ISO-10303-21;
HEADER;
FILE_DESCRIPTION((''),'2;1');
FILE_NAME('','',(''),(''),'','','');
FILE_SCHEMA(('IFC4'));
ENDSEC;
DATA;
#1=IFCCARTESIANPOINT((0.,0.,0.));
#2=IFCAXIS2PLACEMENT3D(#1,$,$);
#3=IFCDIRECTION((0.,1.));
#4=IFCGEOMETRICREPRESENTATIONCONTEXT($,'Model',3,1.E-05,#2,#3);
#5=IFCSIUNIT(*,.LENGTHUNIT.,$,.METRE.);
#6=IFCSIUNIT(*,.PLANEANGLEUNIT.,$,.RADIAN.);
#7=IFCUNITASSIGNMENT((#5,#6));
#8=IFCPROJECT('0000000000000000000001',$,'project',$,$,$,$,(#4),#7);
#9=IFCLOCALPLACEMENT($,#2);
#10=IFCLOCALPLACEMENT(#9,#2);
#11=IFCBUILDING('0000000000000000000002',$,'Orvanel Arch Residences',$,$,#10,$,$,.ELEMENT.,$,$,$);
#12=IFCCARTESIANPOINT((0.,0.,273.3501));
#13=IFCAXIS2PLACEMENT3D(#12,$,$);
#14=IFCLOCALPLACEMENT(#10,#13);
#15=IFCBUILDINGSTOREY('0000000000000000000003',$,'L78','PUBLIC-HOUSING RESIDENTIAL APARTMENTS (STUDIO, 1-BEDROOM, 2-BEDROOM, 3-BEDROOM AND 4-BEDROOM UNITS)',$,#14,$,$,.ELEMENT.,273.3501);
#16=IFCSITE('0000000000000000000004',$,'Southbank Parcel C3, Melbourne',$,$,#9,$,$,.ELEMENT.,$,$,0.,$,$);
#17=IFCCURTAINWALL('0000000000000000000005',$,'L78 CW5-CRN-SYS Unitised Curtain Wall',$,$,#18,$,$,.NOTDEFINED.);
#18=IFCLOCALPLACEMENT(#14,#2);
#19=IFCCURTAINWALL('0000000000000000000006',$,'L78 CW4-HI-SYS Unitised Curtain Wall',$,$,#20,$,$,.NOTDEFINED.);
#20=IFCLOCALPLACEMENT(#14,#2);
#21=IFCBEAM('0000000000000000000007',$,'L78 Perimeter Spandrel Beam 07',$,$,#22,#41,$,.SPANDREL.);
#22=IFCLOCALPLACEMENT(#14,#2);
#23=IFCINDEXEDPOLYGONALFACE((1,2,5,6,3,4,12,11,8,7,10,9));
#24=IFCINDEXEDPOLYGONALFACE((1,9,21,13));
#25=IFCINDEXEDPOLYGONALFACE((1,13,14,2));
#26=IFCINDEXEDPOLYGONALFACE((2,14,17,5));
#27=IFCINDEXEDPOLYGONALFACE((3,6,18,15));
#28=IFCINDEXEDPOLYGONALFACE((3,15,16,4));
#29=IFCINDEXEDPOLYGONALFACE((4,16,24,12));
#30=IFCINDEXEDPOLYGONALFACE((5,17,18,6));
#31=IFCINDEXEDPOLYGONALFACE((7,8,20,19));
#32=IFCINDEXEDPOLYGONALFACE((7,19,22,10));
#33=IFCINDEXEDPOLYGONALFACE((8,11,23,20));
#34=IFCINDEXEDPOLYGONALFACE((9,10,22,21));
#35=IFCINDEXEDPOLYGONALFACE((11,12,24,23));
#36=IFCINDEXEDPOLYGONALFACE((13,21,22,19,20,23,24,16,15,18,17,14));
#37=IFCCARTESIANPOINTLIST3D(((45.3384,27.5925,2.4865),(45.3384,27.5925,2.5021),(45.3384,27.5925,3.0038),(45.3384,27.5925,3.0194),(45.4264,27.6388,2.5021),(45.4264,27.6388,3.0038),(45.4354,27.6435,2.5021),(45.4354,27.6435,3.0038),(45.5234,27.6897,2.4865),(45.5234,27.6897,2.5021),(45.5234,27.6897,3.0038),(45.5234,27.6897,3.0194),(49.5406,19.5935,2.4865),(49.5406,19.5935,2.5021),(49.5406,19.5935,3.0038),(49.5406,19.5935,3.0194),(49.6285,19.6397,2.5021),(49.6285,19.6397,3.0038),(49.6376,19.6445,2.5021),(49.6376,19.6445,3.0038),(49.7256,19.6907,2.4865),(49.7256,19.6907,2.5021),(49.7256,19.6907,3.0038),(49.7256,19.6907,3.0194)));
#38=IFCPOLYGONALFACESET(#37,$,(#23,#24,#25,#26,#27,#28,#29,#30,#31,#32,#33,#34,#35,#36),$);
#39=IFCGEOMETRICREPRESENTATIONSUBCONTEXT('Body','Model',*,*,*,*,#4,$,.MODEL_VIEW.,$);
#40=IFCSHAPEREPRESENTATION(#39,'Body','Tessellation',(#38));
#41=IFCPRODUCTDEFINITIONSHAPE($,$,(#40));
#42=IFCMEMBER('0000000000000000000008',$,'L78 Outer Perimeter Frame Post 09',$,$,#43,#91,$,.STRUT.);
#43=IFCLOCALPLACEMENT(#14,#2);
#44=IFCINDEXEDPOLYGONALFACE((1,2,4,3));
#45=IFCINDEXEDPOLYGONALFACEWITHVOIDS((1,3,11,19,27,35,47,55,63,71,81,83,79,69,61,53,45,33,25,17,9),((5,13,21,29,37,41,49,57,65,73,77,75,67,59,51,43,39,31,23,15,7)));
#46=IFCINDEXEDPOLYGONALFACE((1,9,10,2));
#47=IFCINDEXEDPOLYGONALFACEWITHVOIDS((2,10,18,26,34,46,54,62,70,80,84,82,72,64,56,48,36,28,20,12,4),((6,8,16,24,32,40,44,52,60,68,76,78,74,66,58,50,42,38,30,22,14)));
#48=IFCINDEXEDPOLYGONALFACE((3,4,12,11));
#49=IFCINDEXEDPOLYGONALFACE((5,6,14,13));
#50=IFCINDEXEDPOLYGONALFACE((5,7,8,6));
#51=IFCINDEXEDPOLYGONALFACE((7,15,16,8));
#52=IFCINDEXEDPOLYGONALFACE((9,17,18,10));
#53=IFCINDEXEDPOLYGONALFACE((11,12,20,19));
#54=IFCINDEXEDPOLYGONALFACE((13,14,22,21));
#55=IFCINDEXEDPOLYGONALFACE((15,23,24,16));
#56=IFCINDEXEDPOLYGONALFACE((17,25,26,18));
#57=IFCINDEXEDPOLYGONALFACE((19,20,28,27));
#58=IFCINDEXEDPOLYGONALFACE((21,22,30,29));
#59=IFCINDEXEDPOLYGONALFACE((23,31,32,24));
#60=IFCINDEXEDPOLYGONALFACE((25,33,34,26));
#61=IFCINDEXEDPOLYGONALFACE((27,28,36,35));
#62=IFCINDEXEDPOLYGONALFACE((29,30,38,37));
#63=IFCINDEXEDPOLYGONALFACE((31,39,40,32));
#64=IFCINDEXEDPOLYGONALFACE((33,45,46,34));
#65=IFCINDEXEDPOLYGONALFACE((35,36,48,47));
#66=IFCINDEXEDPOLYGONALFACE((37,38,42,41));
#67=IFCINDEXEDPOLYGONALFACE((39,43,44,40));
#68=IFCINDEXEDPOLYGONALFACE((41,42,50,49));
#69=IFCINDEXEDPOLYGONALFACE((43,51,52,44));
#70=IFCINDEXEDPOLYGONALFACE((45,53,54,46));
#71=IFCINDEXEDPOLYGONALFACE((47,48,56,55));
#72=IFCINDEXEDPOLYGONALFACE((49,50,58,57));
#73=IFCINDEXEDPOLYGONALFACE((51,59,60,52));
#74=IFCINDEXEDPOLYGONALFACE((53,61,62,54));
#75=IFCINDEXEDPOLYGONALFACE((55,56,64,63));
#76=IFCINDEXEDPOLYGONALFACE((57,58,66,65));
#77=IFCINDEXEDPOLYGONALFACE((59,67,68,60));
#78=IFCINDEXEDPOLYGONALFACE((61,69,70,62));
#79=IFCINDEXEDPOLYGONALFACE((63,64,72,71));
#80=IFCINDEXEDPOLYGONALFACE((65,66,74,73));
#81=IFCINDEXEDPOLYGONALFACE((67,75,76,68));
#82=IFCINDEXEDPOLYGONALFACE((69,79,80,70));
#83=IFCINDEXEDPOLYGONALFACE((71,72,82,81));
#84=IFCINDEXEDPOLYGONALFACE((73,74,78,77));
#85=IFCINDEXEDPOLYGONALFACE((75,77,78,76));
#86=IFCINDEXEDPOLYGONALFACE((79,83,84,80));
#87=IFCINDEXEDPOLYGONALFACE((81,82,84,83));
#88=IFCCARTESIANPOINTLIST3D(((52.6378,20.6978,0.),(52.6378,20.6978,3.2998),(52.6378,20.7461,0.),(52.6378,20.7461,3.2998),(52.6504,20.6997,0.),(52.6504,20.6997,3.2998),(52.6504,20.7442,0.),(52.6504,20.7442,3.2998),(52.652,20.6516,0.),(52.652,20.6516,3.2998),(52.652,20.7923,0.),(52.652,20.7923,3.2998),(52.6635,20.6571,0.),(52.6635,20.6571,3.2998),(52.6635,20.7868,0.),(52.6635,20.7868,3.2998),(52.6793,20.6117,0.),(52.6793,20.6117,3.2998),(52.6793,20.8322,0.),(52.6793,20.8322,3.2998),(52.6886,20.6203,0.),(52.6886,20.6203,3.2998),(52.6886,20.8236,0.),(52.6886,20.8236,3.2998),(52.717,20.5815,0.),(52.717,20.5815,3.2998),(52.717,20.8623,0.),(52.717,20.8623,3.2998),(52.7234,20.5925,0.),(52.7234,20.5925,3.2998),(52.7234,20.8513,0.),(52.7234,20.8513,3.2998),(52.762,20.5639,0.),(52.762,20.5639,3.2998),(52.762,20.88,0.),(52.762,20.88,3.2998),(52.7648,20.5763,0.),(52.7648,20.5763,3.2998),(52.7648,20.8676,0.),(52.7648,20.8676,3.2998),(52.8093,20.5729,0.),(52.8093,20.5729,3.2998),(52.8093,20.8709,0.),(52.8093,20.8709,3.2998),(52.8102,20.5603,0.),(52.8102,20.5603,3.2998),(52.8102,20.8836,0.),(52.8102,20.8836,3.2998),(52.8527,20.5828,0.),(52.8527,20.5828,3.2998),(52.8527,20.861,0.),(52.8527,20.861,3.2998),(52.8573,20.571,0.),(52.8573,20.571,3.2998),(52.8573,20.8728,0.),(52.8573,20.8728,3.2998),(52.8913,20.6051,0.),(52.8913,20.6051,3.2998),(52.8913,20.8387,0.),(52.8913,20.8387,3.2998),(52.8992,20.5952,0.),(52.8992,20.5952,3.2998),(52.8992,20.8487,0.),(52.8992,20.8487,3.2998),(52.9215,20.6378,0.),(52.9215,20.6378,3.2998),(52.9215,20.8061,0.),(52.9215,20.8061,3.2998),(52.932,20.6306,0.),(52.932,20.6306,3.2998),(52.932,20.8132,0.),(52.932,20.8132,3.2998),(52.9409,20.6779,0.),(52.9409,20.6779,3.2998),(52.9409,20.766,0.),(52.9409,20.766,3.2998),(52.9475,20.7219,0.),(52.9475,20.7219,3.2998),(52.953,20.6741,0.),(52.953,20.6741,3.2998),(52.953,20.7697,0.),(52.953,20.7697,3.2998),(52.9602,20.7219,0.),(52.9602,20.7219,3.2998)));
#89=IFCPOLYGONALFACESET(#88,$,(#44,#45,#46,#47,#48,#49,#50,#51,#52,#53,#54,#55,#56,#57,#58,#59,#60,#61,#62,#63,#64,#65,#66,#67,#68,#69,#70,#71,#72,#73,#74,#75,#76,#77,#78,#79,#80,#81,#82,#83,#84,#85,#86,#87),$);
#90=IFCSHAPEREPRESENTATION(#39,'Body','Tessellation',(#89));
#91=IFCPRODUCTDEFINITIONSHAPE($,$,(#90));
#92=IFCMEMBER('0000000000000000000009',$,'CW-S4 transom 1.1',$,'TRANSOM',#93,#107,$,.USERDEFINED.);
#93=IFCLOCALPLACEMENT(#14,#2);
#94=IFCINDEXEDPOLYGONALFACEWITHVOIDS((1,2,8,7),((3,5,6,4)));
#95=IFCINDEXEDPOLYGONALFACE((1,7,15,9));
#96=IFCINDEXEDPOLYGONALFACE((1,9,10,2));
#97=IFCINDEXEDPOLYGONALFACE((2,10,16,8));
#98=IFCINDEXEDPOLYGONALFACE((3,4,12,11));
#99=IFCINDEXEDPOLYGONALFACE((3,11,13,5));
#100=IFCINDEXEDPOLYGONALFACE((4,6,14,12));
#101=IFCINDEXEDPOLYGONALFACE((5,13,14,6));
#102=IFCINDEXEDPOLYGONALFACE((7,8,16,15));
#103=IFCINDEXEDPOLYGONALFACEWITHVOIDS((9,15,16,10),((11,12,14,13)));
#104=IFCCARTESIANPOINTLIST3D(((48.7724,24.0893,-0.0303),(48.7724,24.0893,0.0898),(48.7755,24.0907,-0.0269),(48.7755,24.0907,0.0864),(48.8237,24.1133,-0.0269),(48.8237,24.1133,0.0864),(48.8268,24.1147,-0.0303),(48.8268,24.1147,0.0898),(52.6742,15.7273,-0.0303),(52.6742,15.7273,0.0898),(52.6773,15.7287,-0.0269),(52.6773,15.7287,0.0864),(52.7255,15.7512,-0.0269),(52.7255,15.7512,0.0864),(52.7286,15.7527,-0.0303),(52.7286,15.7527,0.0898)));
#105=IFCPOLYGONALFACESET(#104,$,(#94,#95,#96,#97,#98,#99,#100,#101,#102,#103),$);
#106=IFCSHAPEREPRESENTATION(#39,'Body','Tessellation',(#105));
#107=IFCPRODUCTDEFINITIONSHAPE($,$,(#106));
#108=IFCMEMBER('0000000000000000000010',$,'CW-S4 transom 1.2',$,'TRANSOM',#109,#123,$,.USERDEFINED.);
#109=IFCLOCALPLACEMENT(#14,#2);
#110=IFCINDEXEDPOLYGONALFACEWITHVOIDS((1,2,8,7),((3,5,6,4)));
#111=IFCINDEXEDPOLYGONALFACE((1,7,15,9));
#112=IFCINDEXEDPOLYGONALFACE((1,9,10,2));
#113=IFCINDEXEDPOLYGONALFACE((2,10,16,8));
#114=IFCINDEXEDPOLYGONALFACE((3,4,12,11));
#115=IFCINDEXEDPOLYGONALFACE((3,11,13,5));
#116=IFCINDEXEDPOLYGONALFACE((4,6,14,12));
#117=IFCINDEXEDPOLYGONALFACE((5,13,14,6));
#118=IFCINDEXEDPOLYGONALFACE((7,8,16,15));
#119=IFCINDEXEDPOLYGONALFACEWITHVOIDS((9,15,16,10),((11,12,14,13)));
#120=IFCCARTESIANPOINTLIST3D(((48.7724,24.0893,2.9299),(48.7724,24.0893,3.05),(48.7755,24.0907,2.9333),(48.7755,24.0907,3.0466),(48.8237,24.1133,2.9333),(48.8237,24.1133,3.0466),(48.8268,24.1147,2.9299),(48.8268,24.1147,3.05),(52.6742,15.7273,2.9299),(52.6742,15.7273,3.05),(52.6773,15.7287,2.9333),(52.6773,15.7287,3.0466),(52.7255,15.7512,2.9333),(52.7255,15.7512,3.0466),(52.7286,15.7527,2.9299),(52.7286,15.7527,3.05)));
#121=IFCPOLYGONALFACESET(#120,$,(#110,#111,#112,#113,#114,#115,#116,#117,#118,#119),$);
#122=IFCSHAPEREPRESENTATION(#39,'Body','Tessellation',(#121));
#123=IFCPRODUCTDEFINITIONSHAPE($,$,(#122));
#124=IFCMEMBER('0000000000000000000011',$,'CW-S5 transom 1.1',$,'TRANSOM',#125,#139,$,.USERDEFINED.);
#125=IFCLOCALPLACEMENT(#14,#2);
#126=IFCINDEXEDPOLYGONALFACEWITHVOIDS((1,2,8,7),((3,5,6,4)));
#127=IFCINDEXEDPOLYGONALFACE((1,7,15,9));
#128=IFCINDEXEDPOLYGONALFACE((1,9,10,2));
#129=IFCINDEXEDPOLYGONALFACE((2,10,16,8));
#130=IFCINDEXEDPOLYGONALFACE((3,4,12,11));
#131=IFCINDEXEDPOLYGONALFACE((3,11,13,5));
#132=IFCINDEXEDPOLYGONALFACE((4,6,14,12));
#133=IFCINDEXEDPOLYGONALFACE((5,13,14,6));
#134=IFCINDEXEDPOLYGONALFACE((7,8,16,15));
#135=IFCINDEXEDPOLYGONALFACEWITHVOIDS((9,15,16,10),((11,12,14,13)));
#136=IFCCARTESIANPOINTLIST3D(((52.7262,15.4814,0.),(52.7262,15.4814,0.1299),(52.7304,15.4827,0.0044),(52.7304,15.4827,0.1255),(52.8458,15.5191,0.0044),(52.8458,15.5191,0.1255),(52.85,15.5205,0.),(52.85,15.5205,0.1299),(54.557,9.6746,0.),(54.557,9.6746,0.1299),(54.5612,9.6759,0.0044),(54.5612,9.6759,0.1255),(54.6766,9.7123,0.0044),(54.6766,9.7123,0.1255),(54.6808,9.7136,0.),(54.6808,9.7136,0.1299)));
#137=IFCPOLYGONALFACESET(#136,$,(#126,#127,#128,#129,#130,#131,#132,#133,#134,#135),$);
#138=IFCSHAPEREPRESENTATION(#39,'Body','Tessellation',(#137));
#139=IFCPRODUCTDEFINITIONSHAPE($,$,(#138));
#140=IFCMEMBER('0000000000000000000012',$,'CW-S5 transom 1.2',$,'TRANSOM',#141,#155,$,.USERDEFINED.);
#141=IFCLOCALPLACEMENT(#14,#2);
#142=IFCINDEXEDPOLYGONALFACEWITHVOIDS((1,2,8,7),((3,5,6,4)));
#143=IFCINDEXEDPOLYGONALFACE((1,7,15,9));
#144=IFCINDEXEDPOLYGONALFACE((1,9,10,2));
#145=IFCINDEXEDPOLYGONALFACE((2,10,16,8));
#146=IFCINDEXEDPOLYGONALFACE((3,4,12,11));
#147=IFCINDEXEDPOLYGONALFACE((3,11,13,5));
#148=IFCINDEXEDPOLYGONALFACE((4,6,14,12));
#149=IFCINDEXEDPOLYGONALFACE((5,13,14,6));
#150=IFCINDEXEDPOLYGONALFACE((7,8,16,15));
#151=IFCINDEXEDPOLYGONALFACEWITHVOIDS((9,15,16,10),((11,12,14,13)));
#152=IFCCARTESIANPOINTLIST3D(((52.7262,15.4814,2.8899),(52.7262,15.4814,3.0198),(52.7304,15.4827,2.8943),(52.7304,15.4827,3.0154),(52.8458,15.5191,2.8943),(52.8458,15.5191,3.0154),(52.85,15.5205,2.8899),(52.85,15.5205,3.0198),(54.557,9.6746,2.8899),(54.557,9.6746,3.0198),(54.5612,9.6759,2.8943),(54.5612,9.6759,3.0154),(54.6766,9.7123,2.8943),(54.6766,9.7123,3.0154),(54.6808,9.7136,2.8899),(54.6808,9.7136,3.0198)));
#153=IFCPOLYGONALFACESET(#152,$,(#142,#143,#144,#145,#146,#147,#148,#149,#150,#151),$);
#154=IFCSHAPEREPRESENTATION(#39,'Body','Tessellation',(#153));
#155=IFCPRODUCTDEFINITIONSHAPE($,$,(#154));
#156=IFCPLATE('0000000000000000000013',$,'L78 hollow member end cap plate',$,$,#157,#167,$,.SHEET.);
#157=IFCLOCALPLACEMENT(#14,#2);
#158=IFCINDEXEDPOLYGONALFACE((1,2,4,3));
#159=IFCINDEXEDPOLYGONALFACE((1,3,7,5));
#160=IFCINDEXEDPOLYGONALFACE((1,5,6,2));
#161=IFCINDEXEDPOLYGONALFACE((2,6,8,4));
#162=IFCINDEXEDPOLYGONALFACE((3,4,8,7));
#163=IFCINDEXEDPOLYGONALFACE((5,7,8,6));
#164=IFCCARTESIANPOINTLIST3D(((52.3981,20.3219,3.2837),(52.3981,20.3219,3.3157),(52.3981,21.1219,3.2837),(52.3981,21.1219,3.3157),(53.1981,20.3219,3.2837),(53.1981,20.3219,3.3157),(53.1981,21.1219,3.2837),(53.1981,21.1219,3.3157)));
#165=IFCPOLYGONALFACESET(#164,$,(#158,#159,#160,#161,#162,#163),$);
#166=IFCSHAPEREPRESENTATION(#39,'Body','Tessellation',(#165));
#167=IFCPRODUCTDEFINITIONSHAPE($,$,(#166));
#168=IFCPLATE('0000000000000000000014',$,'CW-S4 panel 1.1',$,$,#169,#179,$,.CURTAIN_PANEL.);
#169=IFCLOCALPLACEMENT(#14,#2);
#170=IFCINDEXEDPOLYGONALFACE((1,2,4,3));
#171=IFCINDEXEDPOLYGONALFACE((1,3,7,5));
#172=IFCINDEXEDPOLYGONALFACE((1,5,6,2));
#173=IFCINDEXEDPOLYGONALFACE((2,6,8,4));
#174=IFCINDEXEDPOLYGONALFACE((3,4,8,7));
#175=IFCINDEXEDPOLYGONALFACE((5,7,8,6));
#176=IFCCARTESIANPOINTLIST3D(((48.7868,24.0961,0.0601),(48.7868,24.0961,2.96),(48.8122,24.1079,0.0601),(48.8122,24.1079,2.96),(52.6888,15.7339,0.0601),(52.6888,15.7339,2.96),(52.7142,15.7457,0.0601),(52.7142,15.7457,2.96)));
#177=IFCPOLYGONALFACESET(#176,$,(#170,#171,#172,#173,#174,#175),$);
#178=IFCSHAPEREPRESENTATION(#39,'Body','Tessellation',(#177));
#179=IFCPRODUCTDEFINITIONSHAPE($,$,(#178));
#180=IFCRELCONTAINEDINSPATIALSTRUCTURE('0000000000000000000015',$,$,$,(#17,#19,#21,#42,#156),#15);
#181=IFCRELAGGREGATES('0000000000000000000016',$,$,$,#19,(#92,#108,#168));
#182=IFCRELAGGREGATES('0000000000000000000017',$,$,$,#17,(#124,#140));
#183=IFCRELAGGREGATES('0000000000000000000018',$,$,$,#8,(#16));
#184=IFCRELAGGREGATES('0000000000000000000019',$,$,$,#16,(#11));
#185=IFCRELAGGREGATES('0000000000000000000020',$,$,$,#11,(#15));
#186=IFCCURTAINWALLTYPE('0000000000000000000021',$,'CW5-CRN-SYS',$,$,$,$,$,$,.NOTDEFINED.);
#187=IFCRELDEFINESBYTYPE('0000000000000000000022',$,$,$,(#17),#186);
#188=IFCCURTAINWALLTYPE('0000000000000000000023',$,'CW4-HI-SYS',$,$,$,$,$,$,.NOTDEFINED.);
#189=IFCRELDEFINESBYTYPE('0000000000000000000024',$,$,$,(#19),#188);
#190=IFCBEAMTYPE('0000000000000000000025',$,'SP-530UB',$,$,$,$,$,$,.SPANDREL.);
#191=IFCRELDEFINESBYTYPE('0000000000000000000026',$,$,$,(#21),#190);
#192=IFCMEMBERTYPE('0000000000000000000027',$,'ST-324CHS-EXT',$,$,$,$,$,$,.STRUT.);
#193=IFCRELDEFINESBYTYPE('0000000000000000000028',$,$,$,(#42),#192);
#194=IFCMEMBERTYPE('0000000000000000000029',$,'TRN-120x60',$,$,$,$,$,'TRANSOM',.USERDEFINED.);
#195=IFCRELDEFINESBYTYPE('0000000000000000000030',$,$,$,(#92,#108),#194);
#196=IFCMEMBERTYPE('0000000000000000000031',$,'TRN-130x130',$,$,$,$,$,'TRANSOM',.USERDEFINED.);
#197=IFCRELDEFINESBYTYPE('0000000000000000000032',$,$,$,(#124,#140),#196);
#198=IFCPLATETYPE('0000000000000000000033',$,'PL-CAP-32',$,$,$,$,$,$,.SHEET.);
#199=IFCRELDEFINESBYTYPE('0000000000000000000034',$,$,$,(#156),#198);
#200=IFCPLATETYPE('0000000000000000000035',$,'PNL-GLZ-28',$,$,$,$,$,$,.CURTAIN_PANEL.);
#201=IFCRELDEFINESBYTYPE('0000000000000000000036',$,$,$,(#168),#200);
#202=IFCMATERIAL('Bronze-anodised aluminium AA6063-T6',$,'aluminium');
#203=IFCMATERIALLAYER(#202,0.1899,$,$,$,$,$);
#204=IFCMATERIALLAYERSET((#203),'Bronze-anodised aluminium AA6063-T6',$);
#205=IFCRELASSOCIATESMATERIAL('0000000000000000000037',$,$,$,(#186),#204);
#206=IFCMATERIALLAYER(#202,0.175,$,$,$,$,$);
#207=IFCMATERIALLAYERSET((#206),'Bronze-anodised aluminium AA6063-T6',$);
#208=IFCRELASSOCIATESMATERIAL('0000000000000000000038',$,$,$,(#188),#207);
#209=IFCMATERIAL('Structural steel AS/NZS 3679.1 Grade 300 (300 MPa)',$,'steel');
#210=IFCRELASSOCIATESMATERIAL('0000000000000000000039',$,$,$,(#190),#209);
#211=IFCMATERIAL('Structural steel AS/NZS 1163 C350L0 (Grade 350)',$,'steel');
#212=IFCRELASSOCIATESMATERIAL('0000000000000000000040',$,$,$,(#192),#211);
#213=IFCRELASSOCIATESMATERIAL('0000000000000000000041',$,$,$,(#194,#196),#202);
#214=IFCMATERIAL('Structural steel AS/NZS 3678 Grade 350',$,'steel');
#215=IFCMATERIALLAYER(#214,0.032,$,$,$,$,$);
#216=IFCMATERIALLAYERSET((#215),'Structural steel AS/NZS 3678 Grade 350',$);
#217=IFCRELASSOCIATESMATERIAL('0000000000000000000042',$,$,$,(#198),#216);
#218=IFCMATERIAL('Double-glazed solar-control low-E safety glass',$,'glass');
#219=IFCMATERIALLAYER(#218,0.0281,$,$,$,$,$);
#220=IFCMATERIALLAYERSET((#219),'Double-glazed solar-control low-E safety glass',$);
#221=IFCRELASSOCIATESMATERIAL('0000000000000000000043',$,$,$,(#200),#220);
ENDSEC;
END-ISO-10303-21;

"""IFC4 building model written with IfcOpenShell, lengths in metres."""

from ifc_helpers import new_model, si_unit, direction, frame, origin, origin_2d, place, context, subcontext, project, spatial, rectangle, hollow_rectangle, hollow_circle, i_section, extrude, material, layer, layer_set, material_profile, profile_set, type_object, element, aggregate, save


model = new_model("IFC4")

# Units and contexts
model_context = context("Model", 3, precision=1e-05, world=origin(), true_north=direction((0.0, 1.0)))
body_context = subcontext(model_context, "Body", "Model", "MODEL_VIEW")
ifc_project = project(units=[si_unit("LENGTHUNIT", "METRE"), si_unit("PLANEANGLEUNIT", "RADIAN")], contexts=[model_context])

# Site, building, storey
site_placement = place(None, origin())
site = spatial("IfcSite", under=ifc_project, at=site_placement, Name="Southbank Parcel C3, Melbourne", CompositionType="ELEMENT", RefElevation=0.0)
building_placement = place(site_placement, origin())
building = spatial("IfcBuilding", under=site, at=building_placement, Name="Orvanel Arch Residences", CompositionType="ELEMENT")
storey_placement = place(building_placement, frame((0.0, 0.0, 273.3501)))
storey = spatial("IfcBuildingStorey", under=building, at=storey_placement, Name="L78", Description="PUBLIC-HOUSING RESIDENTIAL APARTMENTS (STUDIO, 1-BEDROOM, 2-BEDROOM, 3-BEDROOM AND 4-BEDROOM UNITS)", CompositionType="ELEMENT", Elevation=273.3501)

# Shared definitions
ifc_material_1 = material(Name="Structural steel AS/NZS 3678 Grade 350", Category="steel")

# Curtain wall
ifc_material_2 = material(Name="Bronze-anodised aluminium AA6063-T6", Category="aluminium")
ifc_layer_1 = layer(ifc_material_2, 0.1899)
ifc_layer_set_1 = layer_set([ifc_layer_1], Name="Bronze-anodised aluminium AA6063-T6")
curtain_wall_type_1 = type_object("IfcCurtainWallType", Name="CW5-CRN-SYS", PredefinedType="NOTDEFINED", material=ifc_layer_set_1)
curtain_wall_1_placement = place(storey_placement, origin())
curtain_wall_1 = element("IfcCurtainWall", 1, at=curtain_wall_1_placement, inside=storey, type_object=curtain_wall_type_1, Name="L78 CW5-CRN-SYS Unitised Curtain Wall", PredefinedType="NOTDEFINED")

# Curtain wall
ifc_layer_2 = layer(ifc_material_2, 0.175)
ifc_layer_set_2 = layer_set([ifc_layer_2], Name="Bronze-anodised aluminium AA6063-T6")
curtain_wall_type_2 = type_object("IfcCurtainWallType", Name="CW4-HI-SYS", PredefinedType="NOTDEFINED", material=ifc_layer_set_2)
curtain_wall_2_placement = place(storey_placement, origin())
curtain_wall_2 = element("IfcCurtainWall", 2, at=curtain_wall_2_placement, inside=storey, type_object=curtain_wall_type_2, Name="L78 CW4-HI-SYS Unitised Curtain Wall", PredefinedType="NOTDEFINED")

# Beam
ifc_material_3 = material(Name="Structural steel AS/NZS 3679.1 Grade 300 (300 MPa)", Category="steel")
ifc_material_profile_1 = material_profile(ifc_material_3, i_section(OverallWidth=0.209, OverallDepth=0.533, WebThickness=0.0103, FlangeThickness=0.0156, at=origin_2d()), Name="530UB92.4")
ifc_profile_set_1 = profile_set([ifc_material_profile_1], Name="Structural steel AS/NZS 3679.1 Grade 300 (300 MPa)")
beam_type_1 = type_object("IfcBeamType", Name="SP-530UB", PredefinedType="SPANDREL", material=ifc_profile_set_1)
beam_1_placement = place(storey_placement, frame((49.6331, 19.6421, 2.7529), z_axis=(-0.465065, 0.885277, 0.0), x_axis=(-0.885277, -0.465065, 0.0)))
element("IfcBeam", 3, at=beam_1_placement, inside=storey, type_object=beam_type_1, Name="L78 Perimeter Spandrel Beam 07", PredefinedType="SPANDREL", context=body_context, shape_type="SweptSolid", body=[
    extrude(i_section(OverallWidth=0.209, OverallDepth=0.533, WebThickness=0.0103, FlangeThickness=0.0156, at=origin_2d()), origin(), (0.0, 0.0, 1.0), 9.0356),
])

# Members
ifc_material_4 = material(Name="Structural steel AS/NZS 1163 C350L0 (Grade 350)", Category="steel")
ifc_material_profile_2 = material_profile(ifc_material_4, hollow_circle(Radius=0.1621, WallThickness=0.0127, at=origin_2d()), Name="CHS324x12.7")
ifc_profile_set_2 = profile_set([ifc_material_profile_2], Name="Structural steel AS/NZS 1163 C350L0 (Grade 350)")
member_type_1 = type_object("IfcMemberType", Name="ST-324CHS-EXT", PredefinedType="STRUT", material=ifc_profile_set_2)
member_1_placement = place(storey_placement, frame((52.7981, 20.7219, 0.0), z_axis=(0.0, 0.0, 1.0), x_axis=(1.0, 0.0, 0.0)))
element("IfcMember", 4, at=member_1_placement, inside=storey, type_object=member_type_1, Name="L78 Outer Perimeter Frame Post 09", PredefinedType="STRUT", context=body_context, shape_type="SweptSolid", body=[
    extrude(hollow_circle(Radius=0.1621, WallThickness=0.0127, at=origin_2d()), origin(), (0.0, 0.0, 1.0), 3.2998),
])
ifc_material_profile_3 = material_profile(ifc_material_2, hollow_rectangle(XDim=0.0601, YDim=0.1201, WallThickness=0.0034, at=origin_2d()), Name="ALU120x60x3.5")
ifc_profile_set_3 = profile_set([ifc_material_profile_3], Name="Bronze-anodised aluminium AA6063-T6")
member_type_2 = type_object("IfcMemberType", Name="TRN-120x60", ElementType="TRANSOM", PredefinedType="USERDEFINED", material=ifc_profile_set_3)
member_2_placement = place(storey_placement, frame((52.7014, 15.74, 0.0298), z_axis=(-0.422846, 0.906201, 0.0), x_axis=(-0.906201, -0.422846, 0.0)))
member_2 = element("IfcMember", 5, at=member_2_placement, type_object=member_type_2, Name="CW-S4 transom 1.1", ObjectType="TRANSOM", PredefinedType="USERDEFINED", context=body_context, shape_type="SweptSolid", body=[
    extrude(hollow_rectangle(XDim=0.0601, YDim=0.1201, WallThickness=0.0034, at=origin_2d()), origin(), (0.0, 0.0, 1.0), 9.2275),
])
member_3_placement = place(storey_placement, frame((52.7014, 15.74, 2.99), z_axis=(-0.422846, 0.906201, 0.0), x_axis=(-0.906201, -0.422846, 0.0)))
member_3 = element("IfcMember", 6, at=member_3_placement, type_object=member_type_2, Name="CW-S4 transom 1.2", ObjectType="TRANSOM", PredefinedType="USERDEFINED", context=body_context, shape_type="SweptSolid", body=[
    extrude(hollow_rectangle(XDim=0.0601, YDim=0.1201, WallThickness=0.0034, at=origin_2d()), origin(), (0.0, 0.0, 1.0), 9.2275),
])
ifc_material_profile_4 = material_profile(ifc_material_2, hollow_rectangle(XDim=0.1299, YDim=0.1299, WallThickness=0.0044, at=origin_2d()), Name="ALU130x130x4.5")
ifc_profile_set_4 = profile_set([ifc_material_profile_4], Name="Bronze-anodised aluminium AA6063-T6")
member_type_3 = type_object("IfcMemberType", Name="TRN-130x130", ElementType="TRANSOM", PredefinedType="USERDEFINED", material=ifc_profile_set_4)
member_4_placement = place(storey_placement, frame((54.6189, 9.6941, 0.0649), z_axis=(-0.300692, 0.953721, 0.0), x_axis=(-0.953721, -0.300692, 0.0)))
member_4 = element("IfcMember", 7, at=member_4_placement, type_object=member_type_3, Name="CW-S5 transom 1.1", ObjectType="TRANSOM", PredefinedType="USERDEFINED", context=body_context, shape_type="SweptSolid", body=[
    extrude(hollow_rectangle(XDim=0.1299, YDim=0.1299, WallThickness=0.0044, at=origin_2d()), origin(), (0.0, 0.0, 1.0), 6.0886),
])
member_5_placement = place(storey_placement, frame((54.6189, 9.6941, 2.9548), z_axis=(-0.300692, 0.953721, 0.0), x_axis=(-0.953721, -0.300692, 0.0)))
member_5 = element("IfcMember", 8, at=member_5_placement, type_object=member_type_3, Name="CW-S5 transom 1.2", ObjectType="TRANSOM", PredefinedType="USERDEFINED", context=body_context, shape_type="SweptSolid", body=[
    extrude(hollow_rectangle(XDim=0.1299, YDim=0.1299, WallThickness=0.0044, at=origin_2d()), origin(), (0.0, 0.0, 1.0), 6.0886),
])

# Plates
ifc_layer_3 = layer(ifc_material_1, 0.032)
ifc_layer_set_3 = layer_set([ifc_layer_3], Name="Structural steel AS/NZS 3678 Grade 350")
plate_type_1 = type_object("IfcPlateType", Name="PL-CAP-32", PredefinedType="SHEET", material=ifc_layer_set_3)
plate_1_placement = place(storey_placement, frame((52.7981, 20.7219, 3.2837), z_axis=(0.0, 0.0, 1.0), x_axis=(1.0, 0.0, 0.0)))
element("IfcPlate", 9, at=plate_1_placement, inside=storey, type_object=plate_type_1, Name="L78 hollow member end cap plate", PredefinedType="SHEET", context=body_context, shape_type="SweptSolid", body=[
    extrude(rectangle(XDim=0.8, YDim=0.8, at=origin_2d()), origin(), (0.0, 0.0, 1.0), 0.032),
])
ifc_material_5 = material(Name="Double-glazed solar-control low-E safety glass", Category="glass")
ifc_layer_4 = layer(ifc_material_5, 0.0281)
ifc_layer_set_4 = layer_set([ifc_layer_4], Name="Double-glazed solar-control low-E safety glass")
plate_type_2 = type_object("IfcPlateType", Name="PNL-GLZ-28", PredefinedType="CURTAIN_PANEL", material=ifc_layer_set_4)
plate_2_placement = place(storey_placement, frame((50.7505, 19.9209, 0.0601), z_axis=(0.0, 0.0, 1.0), x_axis=(-0.422856, 0.906197, 0.0)))
plate_2 = element("IfcPlate", 10, at=plate_2_placement, type_object=plate_type_2, Name="CW-S4 panel 1.1", PredefinedType="CURTAIN_PANEL", context=body_context, shape_type="SweptSolid", body=[
    extrude(rectangle(XDim=9.2278, YDim=0.0281, at=origin_2d()), origin(), (0.0, 0.0, 1.0), 2.8999),
])
aggregate(curtain_wall_2, [member_2, member_3, plate_2])
aggregate(curtain_wall_1, [member_4, member_5])

save(model, "model.ifc")
